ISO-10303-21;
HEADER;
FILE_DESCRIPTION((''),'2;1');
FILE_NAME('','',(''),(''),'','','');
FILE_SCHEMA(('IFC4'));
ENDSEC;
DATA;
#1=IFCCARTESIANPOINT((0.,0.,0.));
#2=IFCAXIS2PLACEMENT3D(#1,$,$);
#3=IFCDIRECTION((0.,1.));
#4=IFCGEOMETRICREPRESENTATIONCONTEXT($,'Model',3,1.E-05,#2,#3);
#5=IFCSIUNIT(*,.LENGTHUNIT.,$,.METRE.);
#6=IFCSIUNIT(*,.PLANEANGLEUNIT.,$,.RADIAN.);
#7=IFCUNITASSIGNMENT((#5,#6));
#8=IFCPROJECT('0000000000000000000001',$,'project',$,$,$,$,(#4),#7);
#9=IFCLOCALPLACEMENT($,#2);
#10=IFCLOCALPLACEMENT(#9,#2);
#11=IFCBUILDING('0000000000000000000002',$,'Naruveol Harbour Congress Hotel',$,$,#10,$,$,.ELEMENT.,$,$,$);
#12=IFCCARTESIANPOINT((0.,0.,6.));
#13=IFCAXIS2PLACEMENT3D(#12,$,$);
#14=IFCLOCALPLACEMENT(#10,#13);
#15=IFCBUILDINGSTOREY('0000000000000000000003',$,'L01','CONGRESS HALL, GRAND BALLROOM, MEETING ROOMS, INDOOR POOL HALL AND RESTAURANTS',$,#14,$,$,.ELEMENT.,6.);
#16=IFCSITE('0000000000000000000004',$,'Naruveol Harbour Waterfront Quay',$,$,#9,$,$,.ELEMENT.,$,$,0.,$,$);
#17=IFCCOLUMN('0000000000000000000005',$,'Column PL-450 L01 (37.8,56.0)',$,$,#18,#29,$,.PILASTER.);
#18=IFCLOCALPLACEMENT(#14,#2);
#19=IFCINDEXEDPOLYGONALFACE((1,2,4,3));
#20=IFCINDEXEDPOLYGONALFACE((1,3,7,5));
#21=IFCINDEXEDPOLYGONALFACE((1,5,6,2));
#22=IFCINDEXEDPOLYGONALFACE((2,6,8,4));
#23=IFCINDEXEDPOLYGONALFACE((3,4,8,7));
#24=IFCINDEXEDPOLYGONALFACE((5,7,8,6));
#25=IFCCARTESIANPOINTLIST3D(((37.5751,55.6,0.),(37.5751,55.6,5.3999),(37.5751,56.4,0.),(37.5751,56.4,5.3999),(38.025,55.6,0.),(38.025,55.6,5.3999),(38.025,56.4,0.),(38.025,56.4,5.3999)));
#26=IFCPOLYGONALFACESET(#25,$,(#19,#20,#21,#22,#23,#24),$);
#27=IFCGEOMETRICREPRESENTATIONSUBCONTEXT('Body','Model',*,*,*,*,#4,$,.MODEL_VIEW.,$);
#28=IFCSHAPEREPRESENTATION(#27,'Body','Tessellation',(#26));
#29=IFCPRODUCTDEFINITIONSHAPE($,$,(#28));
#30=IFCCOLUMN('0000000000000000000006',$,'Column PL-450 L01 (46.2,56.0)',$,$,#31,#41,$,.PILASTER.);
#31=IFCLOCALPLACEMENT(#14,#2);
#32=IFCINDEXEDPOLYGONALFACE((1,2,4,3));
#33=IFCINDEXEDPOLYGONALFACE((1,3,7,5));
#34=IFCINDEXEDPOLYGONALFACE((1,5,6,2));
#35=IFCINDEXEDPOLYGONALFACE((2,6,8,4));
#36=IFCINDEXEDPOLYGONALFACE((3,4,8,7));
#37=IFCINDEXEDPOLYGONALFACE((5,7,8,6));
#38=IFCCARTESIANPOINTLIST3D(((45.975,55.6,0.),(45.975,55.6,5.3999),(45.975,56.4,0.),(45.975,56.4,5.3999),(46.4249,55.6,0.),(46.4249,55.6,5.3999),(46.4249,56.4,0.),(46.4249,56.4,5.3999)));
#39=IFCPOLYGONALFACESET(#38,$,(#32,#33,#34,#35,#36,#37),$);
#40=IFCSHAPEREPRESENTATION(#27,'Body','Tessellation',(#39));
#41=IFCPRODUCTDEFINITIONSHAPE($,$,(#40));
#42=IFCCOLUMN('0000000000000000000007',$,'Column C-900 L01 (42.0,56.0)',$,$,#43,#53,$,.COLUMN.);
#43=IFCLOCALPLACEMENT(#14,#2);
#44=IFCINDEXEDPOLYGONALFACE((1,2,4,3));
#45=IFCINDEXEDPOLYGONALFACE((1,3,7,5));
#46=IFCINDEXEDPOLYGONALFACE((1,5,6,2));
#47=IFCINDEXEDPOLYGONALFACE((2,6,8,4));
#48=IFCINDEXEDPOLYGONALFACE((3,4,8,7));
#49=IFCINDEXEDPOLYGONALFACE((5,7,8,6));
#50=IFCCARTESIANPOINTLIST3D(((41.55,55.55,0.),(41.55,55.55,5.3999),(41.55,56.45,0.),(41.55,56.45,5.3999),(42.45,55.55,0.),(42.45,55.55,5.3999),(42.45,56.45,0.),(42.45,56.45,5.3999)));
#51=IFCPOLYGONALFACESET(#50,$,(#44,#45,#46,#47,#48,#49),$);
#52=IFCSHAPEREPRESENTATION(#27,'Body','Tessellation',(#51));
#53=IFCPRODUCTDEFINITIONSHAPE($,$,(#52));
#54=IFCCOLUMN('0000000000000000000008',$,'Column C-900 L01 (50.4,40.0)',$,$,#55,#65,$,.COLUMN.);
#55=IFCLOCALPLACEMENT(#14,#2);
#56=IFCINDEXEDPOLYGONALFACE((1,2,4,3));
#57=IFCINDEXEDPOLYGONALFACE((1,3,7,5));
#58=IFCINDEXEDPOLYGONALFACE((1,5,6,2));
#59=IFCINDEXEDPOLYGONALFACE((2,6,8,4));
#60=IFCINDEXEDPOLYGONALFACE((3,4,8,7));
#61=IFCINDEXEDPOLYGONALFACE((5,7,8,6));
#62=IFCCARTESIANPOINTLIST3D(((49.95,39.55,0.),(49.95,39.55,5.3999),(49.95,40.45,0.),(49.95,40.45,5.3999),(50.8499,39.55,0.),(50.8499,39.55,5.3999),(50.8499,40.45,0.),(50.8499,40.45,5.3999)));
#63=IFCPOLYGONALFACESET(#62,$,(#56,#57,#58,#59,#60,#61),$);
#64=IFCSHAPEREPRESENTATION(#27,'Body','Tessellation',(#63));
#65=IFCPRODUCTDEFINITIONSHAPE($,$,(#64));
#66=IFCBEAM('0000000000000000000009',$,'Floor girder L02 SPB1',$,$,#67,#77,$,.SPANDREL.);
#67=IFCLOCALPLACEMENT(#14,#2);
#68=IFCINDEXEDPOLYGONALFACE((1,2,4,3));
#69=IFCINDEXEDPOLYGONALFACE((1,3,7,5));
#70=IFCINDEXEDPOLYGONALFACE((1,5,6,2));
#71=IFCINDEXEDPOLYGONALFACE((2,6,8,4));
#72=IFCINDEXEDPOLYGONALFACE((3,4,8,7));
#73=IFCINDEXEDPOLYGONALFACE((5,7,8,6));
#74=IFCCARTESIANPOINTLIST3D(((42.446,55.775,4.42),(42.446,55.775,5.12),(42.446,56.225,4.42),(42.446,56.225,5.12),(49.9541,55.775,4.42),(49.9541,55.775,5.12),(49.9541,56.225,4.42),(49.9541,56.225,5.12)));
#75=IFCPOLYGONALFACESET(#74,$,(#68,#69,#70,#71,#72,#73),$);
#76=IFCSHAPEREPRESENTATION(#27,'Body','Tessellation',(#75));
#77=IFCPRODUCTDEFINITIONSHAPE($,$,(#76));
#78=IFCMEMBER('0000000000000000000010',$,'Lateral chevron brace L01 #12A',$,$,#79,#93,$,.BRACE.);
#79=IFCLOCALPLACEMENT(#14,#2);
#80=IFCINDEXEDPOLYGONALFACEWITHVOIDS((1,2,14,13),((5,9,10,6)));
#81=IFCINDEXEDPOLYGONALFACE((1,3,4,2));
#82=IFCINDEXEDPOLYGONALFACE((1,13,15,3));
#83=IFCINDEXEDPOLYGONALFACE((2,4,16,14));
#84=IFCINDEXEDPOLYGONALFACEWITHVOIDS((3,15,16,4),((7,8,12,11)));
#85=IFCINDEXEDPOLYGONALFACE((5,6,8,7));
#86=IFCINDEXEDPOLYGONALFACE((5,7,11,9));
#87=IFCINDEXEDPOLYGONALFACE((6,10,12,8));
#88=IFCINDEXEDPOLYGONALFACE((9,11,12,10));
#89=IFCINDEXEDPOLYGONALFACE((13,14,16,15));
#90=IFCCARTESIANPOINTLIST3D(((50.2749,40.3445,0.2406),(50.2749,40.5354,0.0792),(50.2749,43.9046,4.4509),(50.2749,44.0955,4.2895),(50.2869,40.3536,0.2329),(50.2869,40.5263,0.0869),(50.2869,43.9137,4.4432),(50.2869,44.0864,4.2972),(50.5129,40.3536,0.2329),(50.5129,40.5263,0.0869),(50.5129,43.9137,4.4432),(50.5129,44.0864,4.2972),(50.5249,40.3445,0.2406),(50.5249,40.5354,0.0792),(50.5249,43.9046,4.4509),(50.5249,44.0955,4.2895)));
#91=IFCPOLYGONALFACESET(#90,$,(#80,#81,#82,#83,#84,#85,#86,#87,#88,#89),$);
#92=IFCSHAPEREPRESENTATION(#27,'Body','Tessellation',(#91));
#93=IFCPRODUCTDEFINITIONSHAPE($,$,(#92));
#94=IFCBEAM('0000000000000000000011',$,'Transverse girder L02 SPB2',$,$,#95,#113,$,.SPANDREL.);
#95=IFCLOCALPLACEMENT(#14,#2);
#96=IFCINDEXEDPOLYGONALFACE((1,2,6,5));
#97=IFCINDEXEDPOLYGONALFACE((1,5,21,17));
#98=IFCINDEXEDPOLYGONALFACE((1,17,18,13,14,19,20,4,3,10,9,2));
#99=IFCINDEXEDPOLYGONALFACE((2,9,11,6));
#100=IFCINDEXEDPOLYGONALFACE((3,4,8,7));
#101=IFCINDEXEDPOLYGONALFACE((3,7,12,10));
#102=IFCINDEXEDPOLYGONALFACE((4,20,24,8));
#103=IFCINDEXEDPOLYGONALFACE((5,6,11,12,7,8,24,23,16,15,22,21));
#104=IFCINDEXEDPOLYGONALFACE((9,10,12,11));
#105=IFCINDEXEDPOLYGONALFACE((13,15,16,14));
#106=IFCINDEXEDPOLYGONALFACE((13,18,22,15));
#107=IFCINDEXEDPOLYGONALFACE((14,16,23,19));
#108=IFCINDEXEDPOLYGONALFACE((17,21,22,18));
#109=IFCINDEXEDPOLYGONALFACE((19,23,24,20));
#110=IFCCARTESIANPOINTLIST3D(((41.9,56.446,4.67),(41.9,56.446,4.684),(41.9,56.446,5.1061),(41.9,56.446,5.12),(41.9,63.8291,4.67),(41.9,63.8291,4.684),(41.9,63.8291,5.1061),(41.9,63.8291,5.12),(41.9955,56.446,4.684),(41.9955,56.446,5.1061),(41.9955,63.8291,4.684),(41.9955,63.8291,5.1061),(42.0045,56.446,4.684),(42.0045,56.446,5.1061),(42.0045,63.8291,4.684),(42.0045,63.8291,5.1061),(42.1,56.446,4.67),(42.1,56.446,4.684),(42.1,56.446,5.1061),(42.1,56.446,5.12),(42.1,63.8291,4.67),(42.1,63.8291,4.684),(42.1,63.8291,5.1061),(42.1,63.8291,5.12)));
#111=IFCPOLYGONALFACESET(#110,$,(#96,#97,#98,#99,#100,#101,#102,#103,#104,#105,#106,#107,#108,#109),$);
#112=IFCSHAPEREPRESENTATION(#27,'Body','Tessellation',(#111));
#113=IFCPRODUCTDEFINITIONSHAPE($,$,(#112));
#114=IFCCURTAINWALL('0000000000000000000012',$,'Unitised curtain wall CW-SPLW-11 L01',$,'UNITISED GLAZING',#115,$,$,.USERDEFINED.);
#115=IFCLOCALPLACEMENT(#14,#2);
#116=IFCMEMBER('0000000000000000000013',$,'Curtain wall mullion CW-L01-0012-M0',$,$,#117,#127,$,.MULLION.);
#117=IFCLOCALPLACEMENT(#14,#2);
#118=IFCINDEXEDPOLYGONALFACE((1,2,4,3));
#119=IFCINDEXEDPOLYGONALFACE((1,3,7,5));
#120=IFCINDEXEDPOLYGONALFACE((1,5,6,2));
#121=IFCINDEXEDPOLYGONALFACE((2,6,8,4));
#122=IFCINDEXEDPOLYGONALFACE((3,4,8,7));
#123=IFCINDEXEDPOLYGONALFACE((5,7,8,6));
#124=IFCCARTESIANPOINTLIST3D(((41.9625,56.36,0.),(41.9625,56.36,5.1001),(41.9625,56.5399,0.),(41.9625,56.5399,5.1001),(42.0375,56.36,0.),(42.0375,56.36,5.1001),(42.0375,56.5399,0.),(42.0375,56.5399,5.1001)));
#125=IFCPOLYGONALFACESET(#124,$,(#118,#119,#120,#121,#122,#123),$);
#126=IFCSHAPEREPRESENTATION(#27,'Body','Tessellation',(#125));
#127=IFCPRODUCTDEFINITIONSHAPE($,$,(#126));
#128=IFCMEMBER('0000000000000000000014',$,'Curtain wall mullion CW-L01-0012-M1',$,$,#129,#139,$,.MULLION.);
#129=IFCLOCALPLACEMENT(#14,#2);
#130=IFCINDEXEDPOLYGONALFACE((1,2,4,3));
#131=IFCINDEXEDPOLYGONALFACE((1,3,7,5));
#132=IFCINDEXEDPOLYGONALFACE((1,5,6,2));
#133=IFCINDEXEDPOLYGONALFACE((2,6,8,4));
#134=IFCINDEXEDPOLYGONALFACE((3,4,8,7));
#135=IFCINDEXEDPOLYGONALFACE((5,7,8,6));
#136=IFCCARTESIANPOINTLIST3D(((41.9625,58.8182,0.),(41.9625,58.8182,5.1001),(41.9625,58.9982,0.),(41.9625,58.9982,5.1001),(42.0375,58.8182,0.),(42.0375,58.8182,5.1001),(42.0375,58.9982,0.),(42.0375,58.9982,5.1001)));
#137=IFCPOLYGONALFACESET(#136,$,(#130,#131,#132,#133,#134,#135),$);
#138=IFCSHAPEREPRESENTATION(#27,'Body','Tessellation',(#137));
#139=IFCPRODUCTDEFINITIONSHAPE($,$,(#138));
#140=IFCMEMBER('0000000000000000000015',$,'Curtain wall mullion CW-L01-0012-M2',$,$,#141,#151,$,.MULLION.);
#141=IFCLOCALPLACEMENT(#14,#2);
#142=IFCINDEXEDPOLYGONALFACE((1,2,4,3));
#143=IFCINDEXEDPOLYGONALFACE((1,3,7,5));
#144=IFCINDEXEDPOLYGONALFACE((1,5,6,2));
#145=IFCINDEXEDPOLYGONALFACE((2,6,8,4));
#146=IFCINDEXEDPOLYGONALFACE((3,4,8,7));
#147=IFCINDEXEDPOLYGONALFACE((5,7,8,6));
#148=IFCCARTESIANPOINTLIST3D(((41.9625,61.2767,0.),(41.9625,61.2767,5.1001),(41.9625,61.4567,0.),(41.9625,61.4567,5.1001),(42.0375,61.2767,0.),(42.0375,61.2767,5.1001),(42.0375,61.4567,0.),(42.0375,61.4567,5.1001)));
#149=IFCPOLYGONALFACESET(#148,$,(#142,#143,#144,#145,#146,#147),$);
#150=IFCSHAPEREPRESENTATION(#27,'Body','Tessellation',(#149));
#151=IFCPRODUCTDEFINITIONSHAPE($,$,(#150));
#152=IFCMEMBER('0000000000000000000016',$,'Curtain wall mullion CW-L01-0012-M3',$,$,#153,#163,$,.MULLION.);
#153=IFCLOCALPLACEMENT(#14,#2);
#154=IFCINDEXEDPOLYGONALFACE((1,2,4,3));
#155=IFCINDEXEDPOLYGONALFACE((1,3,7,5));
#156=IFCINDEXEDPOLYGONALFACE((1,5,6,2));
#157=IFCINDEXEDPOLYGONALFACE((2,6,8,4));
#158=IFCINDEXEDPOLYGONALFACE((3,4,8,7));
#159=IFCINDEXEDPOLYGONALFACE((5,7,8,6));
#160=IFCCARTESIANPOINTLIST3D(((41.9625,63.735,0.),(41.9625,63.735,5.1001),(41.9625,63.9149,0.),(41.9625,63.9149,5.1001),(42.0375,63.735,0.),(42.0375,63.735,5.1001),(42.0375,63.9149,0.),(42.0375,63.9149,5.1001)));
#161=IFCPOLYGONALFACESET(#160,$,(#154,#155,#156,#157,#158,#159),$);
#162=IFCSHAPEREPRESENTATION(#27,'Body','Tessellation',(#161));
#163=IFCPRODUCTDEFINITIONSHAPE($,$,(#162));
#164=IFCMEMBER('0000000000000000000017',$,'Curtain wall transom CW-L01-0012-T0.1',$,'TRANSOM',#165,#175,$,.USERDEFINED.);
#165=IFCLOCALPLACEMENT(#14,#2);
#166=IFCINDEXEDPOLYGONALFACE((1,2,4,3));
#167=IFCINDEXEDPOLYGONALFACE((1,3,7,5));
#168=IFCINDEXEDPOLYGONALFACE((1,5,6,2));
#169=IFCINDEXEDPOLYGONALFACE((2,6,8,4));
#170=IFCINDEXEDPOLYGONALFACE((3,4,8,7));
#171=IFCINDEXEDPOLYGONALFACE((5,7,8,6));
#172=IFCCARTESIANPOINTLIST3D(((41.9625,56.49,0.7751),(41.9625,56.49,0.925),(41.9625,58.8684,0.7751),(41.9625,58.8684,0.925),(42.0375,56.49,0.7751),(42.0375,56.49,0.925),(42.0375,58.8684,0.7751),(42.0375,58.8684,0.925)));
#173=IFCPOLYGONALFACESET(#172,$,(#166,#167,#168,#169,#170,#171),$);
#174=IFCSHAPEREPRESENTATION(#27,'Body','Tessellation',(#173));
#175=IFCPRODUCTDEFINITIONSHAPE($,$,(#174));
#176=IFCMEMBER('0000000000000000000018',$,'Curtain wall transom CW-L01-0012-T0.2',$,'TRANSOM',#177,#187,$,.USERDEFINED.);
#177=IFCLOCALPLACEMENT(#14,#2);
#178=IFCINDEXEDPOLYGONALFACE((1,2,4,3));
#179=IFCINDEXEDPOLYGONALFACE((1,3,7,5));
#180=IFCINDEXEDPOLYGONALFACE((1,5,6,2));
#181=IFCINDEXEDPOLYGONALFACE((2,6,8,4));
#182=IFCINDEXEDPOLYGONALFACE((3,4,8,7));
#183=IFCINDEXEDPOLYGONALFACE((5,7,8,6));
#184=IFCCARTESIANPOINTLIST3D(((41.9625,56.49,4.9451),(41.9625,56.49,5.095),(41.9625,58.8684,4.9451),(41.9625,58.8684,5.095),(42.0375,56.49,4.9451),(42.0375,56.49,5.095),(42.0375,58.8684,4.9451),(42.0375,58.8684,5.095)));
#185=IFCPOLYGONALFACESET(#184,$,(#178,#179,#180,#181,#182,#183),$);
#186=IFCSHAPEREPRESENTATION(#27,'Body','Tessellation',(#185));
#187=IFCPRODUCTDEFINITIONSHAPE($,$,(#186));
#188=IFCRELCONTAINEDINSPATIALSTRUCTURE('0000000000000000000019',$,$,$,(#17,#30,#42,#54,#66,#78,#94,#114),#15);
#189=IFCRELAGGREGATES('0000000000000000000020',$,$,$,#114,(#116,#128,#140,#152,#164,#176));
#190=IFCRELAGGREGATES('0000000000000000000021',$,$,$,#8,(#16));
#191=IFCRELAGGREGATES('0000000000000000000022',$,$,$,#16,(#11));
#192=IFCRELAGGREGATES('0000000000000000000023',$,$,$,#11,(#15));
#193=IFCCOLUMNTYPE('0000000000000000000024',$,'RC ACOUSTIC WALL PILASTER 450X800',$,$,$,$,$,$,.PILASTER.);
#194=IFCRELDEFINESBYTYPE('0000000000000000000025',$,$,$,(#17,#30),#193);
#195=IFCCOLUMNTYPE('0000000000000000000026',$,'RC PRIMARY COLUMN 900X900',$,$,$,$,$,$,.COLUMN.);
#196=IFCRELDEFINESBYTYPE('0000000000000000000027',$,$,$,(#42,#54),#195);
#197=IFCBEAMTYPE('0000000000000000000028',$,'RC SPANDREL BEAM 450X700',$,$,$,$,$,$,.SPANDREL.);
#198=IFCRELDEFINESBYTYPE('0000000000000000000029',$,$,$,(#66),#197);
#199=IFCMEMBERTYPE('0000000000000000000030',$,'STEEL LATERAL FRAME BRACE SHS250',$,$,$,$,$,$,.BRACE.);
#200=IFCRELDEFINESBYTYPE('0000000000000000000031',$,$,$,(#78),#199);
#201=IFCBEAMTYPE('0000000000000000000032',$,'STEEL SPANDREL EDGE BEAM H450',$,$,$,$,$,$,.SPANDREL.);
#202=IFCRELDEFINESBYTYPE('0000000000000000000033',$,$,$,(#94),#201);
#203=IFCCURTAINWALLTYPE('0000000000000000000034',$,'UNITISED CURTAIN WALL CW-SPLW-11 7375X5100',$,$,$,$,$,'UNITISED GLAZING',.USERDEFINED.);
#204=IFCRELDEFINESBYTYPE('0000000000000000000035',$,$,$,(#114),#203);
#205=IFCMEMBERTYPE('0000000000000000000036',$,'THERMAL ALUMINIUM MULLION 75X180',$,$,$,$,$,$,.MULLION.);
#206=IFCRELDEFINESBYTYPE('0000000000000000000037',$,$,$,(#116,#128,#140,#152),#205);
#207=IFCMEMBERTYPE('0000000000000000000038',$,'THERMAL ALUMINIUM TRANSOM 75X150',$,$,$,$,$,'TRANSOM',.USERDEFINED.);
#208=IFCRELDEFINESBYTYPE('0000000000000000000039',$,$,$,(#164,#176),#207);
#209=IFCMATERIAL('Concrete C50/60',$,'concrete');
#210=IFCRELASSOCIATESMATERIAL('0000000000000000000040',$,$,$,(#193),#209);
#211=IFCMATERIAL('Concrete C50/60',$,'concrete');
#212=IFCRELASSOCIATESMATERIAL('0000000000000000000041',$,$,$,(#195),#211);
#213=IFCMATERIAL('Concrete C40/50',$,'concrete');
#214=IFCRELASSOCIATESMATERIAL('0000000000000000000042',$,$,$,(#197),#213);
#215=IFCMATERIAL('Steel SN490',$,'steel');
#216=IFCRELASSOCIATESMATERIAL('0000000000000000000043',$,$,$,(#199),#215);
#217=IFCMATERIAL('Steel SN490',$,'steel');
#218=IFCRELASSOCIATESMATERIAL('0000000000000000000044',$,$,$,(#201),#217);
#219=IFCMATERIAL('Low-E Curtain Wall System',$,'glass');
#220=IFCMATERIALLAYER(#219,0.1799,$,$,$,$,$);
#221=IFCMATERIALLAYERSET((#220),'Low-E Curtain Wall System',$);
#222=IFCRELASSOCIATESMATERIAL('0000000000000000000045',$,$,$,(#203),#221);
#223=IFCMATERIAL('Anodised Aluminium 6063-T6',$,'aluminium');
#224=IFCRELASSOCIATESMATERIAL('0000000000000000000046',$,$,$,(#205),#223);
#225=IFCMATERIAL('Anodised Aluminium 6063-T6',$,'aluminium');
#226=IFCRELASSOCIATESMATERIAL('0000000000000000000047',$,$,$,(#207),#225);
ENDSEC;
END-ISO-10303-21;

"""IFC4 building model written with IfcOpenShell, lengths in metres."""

from ifc_helpers import new_model, si_unit, direction, frame, origin, origin_2d, place, context, subcontext, project, spatial, rectangle, hollow_rectangle, i_section, extrude, material, layer, layer_set, material_profile, profile_set, type_object, element, aggregate, save


model = new_model("IFC4")

# Units and contexts
model_context = context("Model", 3, precision=1e-05, world=origin(), true_north=direction((0.0, 1.0)))
body_context = subcontext(model_context, "Body", "Model", "MODEL_VIEW")
ifc_project = project(units=[si_unit("LENGTHUNIT", "METRE"), si_unit("PLANEANGLEUNIT", "RADIAN")], contexts=[model_context])

# Site, building, storey
site_placement = place(None, origin())
site = spatial("IfcSite", under=ifc_project, at=site_placement, Name="Naruveol Harbour Waterfront Quay", CompositionType="ELEMENT", RefElevation=0.0)
building_placement = place(site_placement, origin())
building = spatial("IfcBuilding", under=site, at=building_placement, Name="Naruveol Harbour Congress Hotel", CompositionType="ELEMENT")
storey_placement = place(building_placement, frame((0.0, 0.0, 6.0)))
storey = spatial("IfcBuildingStorey", under=building, at=storey_placement, Name="L01", Description="CONGRESS HALL, GRAND BALLROOM, MEETING ROOMS, INDOOR POOL HALL AND RESTAURANTS", CompositionType="ELEMENT", Elevation=6.0)

# Columns
ifc_material_1 = material(Name="Concrete C50/60", Category="concrete")
ifc_material_profile_1 = material_profile(ifc_material_1, rectangle(XDim=0.45, YDim=0.8, at=origin_2d()), Name="RC-450x800")
ifc_profile_set_1 = profile_set([ifc_material_profile_1], Name="Concrete C50/60")
column_type_1 = type_object("IfcColumnType", Name="RC ACOUSTIC WALL PILASTER 450X800", PredefinedType="PILASTER", material=ifc_profile_set_1)
for number, where, z_axis, x_axis, name in (
    (1, (37.8, 56.0, 0.0), (0.0, 0.0, 1.0), (1.0, 0.0, 0.0), "Column PL-450 L01 (37.8,56.0)"),
    (2, (46.2, 56.0, 0.0), (0.0, 0.0, 1.0), (1.0, 0.0, 0.0), "Column PL-450 L01 (46.2,56.0)"),
):
    element("IfcColumn", number, at=place(storey_placement, frame(where, z_axis=z_axis, x_axis=x_axis)), inside=storey, type_object=column_type_1, Name=name, PredefinedType="PILASTER", context=body_context, shape_type="SweptSolid", body=[
        extrude(rectangle(XDim=0.45, YDim=0.8, at=origin_2d()), origin(), (0.0, 0.0, 1.0), 5.3999),
    ])
ifc_material_2 = material(Name="Concrete C50/60", Category="concrete")
ifc_material_profile_2 = material_profile(ifc_material_2, rectangle(XDim=0.8999, YDim=0.8999, at=origin_2d()), Name="RC-900x900")
ifc_profile_set_2 = profile_set([ifc_material_profile_2], Name="Concrete C50/60")
column_type_2 = type_object("IfcColumnType", Name="RC PRIMARY COLUMN 900X900", PredefinedType="COLUMN", material=ifc_profile_set_2)
for number, where, z_axis, x_axis, name in (
    (3, (42.0, 56.0, 0.0), (0.0, 0.0, 1.0), (1.0, 0.0, 0.0), "Column C-900 L01 (42.0,56.0)"),
    (4, (50.3999, 40.0, 0.0), (0.0, 0.0, 1.0), (1.0, 0.0, 0.0), "Column C-900 L01 (50.4,40.0)"),
):
    element("IfcColumn", number, at=place(storey_placement, frame(where, z_axis=z_axis, x_axis=x_axis)), inside=storey, type_object=column_type_2, Name=name, PredefinedType="COLUMN", context=body_context, shape_type="SweptSolid", body=[
        extrude(rectangle(XDim=0.8999, YDim=0.8999, at=origin_2d()), origin(), (0.0, 0.0, 1.0), 5.3999),
    ])

# Beam
ifc_material_3 = material(Name="Concrete C40/50", Category="concrete")
ifc_material_profile_3 = material_profile(ifc_material_3, rectangle(XDim=0.45, YDim=0.7, at=origin_2d()), Name="RCB-450x700")
ifc_profile_set_3 = profile_set([ifc_material_profile_3], Name="Concrete C40/50")
beam_type_1 = type_object("IfcBeamType", Name="RC SPANDREL BEAM 450X700", PredefinedType="SPANDREL", material=ifc_profile_set_3)
beam_1_placement = place(storey_placement, frame((42.446, 56.0, 4.77), z_axis=(1.0, 0.0, 0.0), x_axis=(0.0, 1.0, 0.0)))
element("IfcBeam", 5, at=beam_1_placement, inside=storey, type_object=beam_type_1, Name="Floor girder L02 SPB1", PredefinedType="SPANDREL", context=body_context, shape_type="SweptSolid", body=[
    extrude(rectangle(XDim=0.45, YDim=0.7, at=origin_2d()), origin(), (0.0, 0.0, 1.0), 7.5081),
])

# Member
ifc_material_4 = material(Name="Steel SN490", Category="steel")
ifc_material_profile_4 = material_profile(ifc_material_4, hollow_rectangle(XDim=0.25, YDim=0.25, WallThickness=0.012, at=origin_2d()), Name="SHS-250x250x12")
ifc_profile_set_4 = profile_set([ifc_material_profile_4], Name="Steel SN490")
member_type_1 = type_object("IfcMemberType", Name="STEEL LATERAL FRAME BRACE SHS250", PredefinedType="BRACE", material=ifc_profile_set_4)
member_1_placement = place(storey_placement, frame((50.3999, 40.4399, 0.1599), z_axis=(0.0, 0.645686, 0.763603), x_axis=(-1.0, 0.0, 0.0)))
element("IfcMember", 6, at=member_1_placement, inside=storey, type_object=member_type_1, Name="Lateral chevron brace L01 #12A", PredefinedType="BRACE", context=body_context, shape_type="SweptSolid", body=[
    extrude(hollow_rectangle(XDim=0.25, YDim=0.25, WallThickness=0.012, at=origin_2d()), origin(), (0.0, 0.0, 1.0), 5.5137),
])

# Beam
ifc_material_5 = material(Name="Steel SN490", Category="steel")
ifc_material_profile_5 = material_profile(ifc_material_5, i_section(OverallWidth=0.2, OverallDepth=0.45, WebThickness=0.009, FlangeThickness=0.0139, at=origin_2d()), Name="H-450x200x9x14")
ifc_profile_set_5 = profile_set([ifc_material_profile_5], Name="Steel SN490")
beam_type_2 = type_object("IfcBeamType", Name="STEEL SPANDREL EDGE BEAM H450", PredefinedType="SPANDREL", material=ifc_profile_set_5)
beam_2_placement = place(storey_placement, frame((42.0, 56.446, 4.895), z_axis=(0.0, 1.0, 0.0), x_axis=(-1.0, 0.0, 0.0)))
element("IfcBeam", 7, at=beam_2_placement, inside=storey, type_object=beam_type_2, Name="Transverse girder L02 SPB2", PredefinedType="SPANDREL", context=body_context, shape_type="SweptSolid", body=[
    extrude(i_section(OverallWidth=0.2, OverallDepth=0.45, WebThickness=0.009, FlangeThickness=0.0139, at=origin_2d()), origin(), (0.0, 0.0, 1.0), 7.3831),
])

# Curtain wall, members
ifc_material_6 = material(Name="Low-E Curtain Wall System", Category="glass")
ifc_layer_1 = layer(ifc_material_6, 0.1799)
ifc_layer_set_1 = layer_set([ifc_layer_1], Name="Low-E Curtain Wall System")
curtain_wall_type_1 = type_object("IfcCurtainWallType", Name="UNITISED CURTAIN WALL CW-SPLW-11 7375X5100", ElementType="UNITISED GLAZING", PredefinedType="USERDEFINED", material=ifc_layer_set_1)
curtain_wall_1_placement = place(storey_placement, origin())
curtain_wall_1 = element("IfcCurtainWall", 8, at=curtain_wall_1_placement, inside=storey, type_object=curtain_wall_type_1, Name="Unitised curtain wall CW-SPLW-11 L01", ObjectType="UNITISED GLAZING", PredefinedType="USERDEFINED")
ifc_material_7 = material(Name="Anodised Aluminium 6063-T6", Category="aluminium")
ifc_material_profile_6 = material_profile(ifc_material_7, rectangle(XDim=0.075, YDim=0.1799, at=origin_2d()), Name="ALU-75x180")
ifc_profile_set_6 = profile_set([ifc_material_profile_6], Name="Anodised Aluminium 6063-T6")
member_type_2 = type_object("IfcMemberType", Name="THERMAL ALUMINIUM MULLION 75X180", PredefinedType="MULLION", material=ifc_profile_set_6)
member_2_placement = place(storey_placement, frame((42.0, 56.45, 0.0), z_axis=(0.0, 0.0, 1.0), x_axis=(1.0, 0.0, 0.0)))
member_2 = element("IfcMember", 9, at=member_2_placement, type_object=member_type_2, Name="Curtain wall mullion CW-L01-0012-M0", PredefinedType="MULLION", context=body_context, shape_type="SweptSolid", body=[
    extrude(rectangle(XDim=0.075, YDim=0.1799, at=origin_2d()), origin(), (0.0, 0.0, 1.0), 5.1001),
])
member_3_placement = place(storey_placement, frame((42.0, 58.9082, 0.0), z_axis=(0.0, 0.0, 1.0), x_axis=(1.0, 0.0, 0.0)))
member_3 = element("IfcMember", 10, at=member_3_placement, type_object=member_type_2, Name="Curtain wall mullion CW-L01-0012-M1", PredefinedType="MULLION", context=body_context, shape_type="SweptSolid", body=[
    extrude(rectangle(XDim=0.075, YDim=0.1799, at=origin_2d()), origin(), (0.0, 0.0, 1.0), 5.1001),
])
member_4_placement = place(storey_placement, frame((42.0, 61.3667, 0.0), z_axis=(0.0, 0.0, 1.0), x_axis=(1.0, 0.0, 0.0)))
member_4 = element("IfcMember", 11, at=member_4_placement, type_object=member_type_2, Name="Curtain wall mullion CW-L01-0012-M2", PredefinedType="MULLION", context=body_context, shape_type="SweptSolid", body=[
    extrude(rectangle(XDim=0.075, YDim=0.1799, at=origin_2d()), origin(), (0.0, 0.0, 1.0), 5.1001),
])
member_5_placement = place(storey_placement, frame((42.0, 63.825, 0.0), z_axis=(0.0, 0.0, 1.0), x_axis=(1.0, 0.0, 0.0)))
member_5 = element("IfcMember", 12, at=member_5_placement, type_object=member_type_2, Name="Curtain wall mullion CW-L01-0012-M3", PredefinedType="MULLION", context=body_context, shape_type="SweptSolid", body=[
    extrude(rectangle(XDim=0.075, YDim=0.1799, at=origin_2d()), origin(), (0.0, 0.0, 1.0), 5.1001),
])
ifc_material_8 = material(Name="Anodised Aluminium 6063-T6", Category="aluminium")
ifc_material_profile_7 = material_profile(ifc_material_8, rectangle(XDim=0.075, YDim=0.1499, at=origin_2d()), Name="ALU-75x150")
ifc_profile_set_7 = profile_set([ifc_material_profile_7], Name="Anodised Aluminium 6063-T6")
member_type_3 = type_object("IfcMemberType", Name="THERMAL ALUMINIUM TRANSOM 75X150", ElementType="TRANSOM", PredefinedType="USERDEFINED", material=ifc_profile_set_7)
member_6_placement = place(storey_placement, frame((42.0, 56.49, 0.8501), z_axis=(0.0, 1.0, 0.0), x_axis=(-1.0, 0.0, 0.0)))
member_6 = element("IfcMember", 13, at=member_6_placement, type_object=member_type_3, Name="Curtain wall transom CW-L01-0012-T0.1", ObjectType="TRANSOM", PredefinedType="USERDEFINED", context=body_context, shape_type="SweptSolid", body=[
    extrude(rectangle(XDim=0.075, YDim=0.1499, at=origin_2d()), origin(), (0.0, 0.0, 1.0), 2.3784),
])
member_7_placement = place(storey_placement, frame((42.0, 56.49, 5.02), z_axis=(0.0, 1.0, 0.0), x_axis=(-1.0, 0.0, 0.0)))
member_7 = element("IfcMember", 14, at=member_7_placement, type_object=member_type_3, Name="Curtain wall transom CW-L01-0012-T0.2", ObjectType="TRANSOM", PredefinedType="USERDEFINED", context=body_context, shape_type="SweptSolid", body=[
    extrude(rectangle(XDim=0.075, YDim=0.1499, at=origin_2d()), origin(), (0.0, 0.0, 1.0), 2.3784),
])

aggregate(curtain_wall_1, [member_2, member_3, member_4, member_5, member_6, member_7])

save(model, "model.ifc")
